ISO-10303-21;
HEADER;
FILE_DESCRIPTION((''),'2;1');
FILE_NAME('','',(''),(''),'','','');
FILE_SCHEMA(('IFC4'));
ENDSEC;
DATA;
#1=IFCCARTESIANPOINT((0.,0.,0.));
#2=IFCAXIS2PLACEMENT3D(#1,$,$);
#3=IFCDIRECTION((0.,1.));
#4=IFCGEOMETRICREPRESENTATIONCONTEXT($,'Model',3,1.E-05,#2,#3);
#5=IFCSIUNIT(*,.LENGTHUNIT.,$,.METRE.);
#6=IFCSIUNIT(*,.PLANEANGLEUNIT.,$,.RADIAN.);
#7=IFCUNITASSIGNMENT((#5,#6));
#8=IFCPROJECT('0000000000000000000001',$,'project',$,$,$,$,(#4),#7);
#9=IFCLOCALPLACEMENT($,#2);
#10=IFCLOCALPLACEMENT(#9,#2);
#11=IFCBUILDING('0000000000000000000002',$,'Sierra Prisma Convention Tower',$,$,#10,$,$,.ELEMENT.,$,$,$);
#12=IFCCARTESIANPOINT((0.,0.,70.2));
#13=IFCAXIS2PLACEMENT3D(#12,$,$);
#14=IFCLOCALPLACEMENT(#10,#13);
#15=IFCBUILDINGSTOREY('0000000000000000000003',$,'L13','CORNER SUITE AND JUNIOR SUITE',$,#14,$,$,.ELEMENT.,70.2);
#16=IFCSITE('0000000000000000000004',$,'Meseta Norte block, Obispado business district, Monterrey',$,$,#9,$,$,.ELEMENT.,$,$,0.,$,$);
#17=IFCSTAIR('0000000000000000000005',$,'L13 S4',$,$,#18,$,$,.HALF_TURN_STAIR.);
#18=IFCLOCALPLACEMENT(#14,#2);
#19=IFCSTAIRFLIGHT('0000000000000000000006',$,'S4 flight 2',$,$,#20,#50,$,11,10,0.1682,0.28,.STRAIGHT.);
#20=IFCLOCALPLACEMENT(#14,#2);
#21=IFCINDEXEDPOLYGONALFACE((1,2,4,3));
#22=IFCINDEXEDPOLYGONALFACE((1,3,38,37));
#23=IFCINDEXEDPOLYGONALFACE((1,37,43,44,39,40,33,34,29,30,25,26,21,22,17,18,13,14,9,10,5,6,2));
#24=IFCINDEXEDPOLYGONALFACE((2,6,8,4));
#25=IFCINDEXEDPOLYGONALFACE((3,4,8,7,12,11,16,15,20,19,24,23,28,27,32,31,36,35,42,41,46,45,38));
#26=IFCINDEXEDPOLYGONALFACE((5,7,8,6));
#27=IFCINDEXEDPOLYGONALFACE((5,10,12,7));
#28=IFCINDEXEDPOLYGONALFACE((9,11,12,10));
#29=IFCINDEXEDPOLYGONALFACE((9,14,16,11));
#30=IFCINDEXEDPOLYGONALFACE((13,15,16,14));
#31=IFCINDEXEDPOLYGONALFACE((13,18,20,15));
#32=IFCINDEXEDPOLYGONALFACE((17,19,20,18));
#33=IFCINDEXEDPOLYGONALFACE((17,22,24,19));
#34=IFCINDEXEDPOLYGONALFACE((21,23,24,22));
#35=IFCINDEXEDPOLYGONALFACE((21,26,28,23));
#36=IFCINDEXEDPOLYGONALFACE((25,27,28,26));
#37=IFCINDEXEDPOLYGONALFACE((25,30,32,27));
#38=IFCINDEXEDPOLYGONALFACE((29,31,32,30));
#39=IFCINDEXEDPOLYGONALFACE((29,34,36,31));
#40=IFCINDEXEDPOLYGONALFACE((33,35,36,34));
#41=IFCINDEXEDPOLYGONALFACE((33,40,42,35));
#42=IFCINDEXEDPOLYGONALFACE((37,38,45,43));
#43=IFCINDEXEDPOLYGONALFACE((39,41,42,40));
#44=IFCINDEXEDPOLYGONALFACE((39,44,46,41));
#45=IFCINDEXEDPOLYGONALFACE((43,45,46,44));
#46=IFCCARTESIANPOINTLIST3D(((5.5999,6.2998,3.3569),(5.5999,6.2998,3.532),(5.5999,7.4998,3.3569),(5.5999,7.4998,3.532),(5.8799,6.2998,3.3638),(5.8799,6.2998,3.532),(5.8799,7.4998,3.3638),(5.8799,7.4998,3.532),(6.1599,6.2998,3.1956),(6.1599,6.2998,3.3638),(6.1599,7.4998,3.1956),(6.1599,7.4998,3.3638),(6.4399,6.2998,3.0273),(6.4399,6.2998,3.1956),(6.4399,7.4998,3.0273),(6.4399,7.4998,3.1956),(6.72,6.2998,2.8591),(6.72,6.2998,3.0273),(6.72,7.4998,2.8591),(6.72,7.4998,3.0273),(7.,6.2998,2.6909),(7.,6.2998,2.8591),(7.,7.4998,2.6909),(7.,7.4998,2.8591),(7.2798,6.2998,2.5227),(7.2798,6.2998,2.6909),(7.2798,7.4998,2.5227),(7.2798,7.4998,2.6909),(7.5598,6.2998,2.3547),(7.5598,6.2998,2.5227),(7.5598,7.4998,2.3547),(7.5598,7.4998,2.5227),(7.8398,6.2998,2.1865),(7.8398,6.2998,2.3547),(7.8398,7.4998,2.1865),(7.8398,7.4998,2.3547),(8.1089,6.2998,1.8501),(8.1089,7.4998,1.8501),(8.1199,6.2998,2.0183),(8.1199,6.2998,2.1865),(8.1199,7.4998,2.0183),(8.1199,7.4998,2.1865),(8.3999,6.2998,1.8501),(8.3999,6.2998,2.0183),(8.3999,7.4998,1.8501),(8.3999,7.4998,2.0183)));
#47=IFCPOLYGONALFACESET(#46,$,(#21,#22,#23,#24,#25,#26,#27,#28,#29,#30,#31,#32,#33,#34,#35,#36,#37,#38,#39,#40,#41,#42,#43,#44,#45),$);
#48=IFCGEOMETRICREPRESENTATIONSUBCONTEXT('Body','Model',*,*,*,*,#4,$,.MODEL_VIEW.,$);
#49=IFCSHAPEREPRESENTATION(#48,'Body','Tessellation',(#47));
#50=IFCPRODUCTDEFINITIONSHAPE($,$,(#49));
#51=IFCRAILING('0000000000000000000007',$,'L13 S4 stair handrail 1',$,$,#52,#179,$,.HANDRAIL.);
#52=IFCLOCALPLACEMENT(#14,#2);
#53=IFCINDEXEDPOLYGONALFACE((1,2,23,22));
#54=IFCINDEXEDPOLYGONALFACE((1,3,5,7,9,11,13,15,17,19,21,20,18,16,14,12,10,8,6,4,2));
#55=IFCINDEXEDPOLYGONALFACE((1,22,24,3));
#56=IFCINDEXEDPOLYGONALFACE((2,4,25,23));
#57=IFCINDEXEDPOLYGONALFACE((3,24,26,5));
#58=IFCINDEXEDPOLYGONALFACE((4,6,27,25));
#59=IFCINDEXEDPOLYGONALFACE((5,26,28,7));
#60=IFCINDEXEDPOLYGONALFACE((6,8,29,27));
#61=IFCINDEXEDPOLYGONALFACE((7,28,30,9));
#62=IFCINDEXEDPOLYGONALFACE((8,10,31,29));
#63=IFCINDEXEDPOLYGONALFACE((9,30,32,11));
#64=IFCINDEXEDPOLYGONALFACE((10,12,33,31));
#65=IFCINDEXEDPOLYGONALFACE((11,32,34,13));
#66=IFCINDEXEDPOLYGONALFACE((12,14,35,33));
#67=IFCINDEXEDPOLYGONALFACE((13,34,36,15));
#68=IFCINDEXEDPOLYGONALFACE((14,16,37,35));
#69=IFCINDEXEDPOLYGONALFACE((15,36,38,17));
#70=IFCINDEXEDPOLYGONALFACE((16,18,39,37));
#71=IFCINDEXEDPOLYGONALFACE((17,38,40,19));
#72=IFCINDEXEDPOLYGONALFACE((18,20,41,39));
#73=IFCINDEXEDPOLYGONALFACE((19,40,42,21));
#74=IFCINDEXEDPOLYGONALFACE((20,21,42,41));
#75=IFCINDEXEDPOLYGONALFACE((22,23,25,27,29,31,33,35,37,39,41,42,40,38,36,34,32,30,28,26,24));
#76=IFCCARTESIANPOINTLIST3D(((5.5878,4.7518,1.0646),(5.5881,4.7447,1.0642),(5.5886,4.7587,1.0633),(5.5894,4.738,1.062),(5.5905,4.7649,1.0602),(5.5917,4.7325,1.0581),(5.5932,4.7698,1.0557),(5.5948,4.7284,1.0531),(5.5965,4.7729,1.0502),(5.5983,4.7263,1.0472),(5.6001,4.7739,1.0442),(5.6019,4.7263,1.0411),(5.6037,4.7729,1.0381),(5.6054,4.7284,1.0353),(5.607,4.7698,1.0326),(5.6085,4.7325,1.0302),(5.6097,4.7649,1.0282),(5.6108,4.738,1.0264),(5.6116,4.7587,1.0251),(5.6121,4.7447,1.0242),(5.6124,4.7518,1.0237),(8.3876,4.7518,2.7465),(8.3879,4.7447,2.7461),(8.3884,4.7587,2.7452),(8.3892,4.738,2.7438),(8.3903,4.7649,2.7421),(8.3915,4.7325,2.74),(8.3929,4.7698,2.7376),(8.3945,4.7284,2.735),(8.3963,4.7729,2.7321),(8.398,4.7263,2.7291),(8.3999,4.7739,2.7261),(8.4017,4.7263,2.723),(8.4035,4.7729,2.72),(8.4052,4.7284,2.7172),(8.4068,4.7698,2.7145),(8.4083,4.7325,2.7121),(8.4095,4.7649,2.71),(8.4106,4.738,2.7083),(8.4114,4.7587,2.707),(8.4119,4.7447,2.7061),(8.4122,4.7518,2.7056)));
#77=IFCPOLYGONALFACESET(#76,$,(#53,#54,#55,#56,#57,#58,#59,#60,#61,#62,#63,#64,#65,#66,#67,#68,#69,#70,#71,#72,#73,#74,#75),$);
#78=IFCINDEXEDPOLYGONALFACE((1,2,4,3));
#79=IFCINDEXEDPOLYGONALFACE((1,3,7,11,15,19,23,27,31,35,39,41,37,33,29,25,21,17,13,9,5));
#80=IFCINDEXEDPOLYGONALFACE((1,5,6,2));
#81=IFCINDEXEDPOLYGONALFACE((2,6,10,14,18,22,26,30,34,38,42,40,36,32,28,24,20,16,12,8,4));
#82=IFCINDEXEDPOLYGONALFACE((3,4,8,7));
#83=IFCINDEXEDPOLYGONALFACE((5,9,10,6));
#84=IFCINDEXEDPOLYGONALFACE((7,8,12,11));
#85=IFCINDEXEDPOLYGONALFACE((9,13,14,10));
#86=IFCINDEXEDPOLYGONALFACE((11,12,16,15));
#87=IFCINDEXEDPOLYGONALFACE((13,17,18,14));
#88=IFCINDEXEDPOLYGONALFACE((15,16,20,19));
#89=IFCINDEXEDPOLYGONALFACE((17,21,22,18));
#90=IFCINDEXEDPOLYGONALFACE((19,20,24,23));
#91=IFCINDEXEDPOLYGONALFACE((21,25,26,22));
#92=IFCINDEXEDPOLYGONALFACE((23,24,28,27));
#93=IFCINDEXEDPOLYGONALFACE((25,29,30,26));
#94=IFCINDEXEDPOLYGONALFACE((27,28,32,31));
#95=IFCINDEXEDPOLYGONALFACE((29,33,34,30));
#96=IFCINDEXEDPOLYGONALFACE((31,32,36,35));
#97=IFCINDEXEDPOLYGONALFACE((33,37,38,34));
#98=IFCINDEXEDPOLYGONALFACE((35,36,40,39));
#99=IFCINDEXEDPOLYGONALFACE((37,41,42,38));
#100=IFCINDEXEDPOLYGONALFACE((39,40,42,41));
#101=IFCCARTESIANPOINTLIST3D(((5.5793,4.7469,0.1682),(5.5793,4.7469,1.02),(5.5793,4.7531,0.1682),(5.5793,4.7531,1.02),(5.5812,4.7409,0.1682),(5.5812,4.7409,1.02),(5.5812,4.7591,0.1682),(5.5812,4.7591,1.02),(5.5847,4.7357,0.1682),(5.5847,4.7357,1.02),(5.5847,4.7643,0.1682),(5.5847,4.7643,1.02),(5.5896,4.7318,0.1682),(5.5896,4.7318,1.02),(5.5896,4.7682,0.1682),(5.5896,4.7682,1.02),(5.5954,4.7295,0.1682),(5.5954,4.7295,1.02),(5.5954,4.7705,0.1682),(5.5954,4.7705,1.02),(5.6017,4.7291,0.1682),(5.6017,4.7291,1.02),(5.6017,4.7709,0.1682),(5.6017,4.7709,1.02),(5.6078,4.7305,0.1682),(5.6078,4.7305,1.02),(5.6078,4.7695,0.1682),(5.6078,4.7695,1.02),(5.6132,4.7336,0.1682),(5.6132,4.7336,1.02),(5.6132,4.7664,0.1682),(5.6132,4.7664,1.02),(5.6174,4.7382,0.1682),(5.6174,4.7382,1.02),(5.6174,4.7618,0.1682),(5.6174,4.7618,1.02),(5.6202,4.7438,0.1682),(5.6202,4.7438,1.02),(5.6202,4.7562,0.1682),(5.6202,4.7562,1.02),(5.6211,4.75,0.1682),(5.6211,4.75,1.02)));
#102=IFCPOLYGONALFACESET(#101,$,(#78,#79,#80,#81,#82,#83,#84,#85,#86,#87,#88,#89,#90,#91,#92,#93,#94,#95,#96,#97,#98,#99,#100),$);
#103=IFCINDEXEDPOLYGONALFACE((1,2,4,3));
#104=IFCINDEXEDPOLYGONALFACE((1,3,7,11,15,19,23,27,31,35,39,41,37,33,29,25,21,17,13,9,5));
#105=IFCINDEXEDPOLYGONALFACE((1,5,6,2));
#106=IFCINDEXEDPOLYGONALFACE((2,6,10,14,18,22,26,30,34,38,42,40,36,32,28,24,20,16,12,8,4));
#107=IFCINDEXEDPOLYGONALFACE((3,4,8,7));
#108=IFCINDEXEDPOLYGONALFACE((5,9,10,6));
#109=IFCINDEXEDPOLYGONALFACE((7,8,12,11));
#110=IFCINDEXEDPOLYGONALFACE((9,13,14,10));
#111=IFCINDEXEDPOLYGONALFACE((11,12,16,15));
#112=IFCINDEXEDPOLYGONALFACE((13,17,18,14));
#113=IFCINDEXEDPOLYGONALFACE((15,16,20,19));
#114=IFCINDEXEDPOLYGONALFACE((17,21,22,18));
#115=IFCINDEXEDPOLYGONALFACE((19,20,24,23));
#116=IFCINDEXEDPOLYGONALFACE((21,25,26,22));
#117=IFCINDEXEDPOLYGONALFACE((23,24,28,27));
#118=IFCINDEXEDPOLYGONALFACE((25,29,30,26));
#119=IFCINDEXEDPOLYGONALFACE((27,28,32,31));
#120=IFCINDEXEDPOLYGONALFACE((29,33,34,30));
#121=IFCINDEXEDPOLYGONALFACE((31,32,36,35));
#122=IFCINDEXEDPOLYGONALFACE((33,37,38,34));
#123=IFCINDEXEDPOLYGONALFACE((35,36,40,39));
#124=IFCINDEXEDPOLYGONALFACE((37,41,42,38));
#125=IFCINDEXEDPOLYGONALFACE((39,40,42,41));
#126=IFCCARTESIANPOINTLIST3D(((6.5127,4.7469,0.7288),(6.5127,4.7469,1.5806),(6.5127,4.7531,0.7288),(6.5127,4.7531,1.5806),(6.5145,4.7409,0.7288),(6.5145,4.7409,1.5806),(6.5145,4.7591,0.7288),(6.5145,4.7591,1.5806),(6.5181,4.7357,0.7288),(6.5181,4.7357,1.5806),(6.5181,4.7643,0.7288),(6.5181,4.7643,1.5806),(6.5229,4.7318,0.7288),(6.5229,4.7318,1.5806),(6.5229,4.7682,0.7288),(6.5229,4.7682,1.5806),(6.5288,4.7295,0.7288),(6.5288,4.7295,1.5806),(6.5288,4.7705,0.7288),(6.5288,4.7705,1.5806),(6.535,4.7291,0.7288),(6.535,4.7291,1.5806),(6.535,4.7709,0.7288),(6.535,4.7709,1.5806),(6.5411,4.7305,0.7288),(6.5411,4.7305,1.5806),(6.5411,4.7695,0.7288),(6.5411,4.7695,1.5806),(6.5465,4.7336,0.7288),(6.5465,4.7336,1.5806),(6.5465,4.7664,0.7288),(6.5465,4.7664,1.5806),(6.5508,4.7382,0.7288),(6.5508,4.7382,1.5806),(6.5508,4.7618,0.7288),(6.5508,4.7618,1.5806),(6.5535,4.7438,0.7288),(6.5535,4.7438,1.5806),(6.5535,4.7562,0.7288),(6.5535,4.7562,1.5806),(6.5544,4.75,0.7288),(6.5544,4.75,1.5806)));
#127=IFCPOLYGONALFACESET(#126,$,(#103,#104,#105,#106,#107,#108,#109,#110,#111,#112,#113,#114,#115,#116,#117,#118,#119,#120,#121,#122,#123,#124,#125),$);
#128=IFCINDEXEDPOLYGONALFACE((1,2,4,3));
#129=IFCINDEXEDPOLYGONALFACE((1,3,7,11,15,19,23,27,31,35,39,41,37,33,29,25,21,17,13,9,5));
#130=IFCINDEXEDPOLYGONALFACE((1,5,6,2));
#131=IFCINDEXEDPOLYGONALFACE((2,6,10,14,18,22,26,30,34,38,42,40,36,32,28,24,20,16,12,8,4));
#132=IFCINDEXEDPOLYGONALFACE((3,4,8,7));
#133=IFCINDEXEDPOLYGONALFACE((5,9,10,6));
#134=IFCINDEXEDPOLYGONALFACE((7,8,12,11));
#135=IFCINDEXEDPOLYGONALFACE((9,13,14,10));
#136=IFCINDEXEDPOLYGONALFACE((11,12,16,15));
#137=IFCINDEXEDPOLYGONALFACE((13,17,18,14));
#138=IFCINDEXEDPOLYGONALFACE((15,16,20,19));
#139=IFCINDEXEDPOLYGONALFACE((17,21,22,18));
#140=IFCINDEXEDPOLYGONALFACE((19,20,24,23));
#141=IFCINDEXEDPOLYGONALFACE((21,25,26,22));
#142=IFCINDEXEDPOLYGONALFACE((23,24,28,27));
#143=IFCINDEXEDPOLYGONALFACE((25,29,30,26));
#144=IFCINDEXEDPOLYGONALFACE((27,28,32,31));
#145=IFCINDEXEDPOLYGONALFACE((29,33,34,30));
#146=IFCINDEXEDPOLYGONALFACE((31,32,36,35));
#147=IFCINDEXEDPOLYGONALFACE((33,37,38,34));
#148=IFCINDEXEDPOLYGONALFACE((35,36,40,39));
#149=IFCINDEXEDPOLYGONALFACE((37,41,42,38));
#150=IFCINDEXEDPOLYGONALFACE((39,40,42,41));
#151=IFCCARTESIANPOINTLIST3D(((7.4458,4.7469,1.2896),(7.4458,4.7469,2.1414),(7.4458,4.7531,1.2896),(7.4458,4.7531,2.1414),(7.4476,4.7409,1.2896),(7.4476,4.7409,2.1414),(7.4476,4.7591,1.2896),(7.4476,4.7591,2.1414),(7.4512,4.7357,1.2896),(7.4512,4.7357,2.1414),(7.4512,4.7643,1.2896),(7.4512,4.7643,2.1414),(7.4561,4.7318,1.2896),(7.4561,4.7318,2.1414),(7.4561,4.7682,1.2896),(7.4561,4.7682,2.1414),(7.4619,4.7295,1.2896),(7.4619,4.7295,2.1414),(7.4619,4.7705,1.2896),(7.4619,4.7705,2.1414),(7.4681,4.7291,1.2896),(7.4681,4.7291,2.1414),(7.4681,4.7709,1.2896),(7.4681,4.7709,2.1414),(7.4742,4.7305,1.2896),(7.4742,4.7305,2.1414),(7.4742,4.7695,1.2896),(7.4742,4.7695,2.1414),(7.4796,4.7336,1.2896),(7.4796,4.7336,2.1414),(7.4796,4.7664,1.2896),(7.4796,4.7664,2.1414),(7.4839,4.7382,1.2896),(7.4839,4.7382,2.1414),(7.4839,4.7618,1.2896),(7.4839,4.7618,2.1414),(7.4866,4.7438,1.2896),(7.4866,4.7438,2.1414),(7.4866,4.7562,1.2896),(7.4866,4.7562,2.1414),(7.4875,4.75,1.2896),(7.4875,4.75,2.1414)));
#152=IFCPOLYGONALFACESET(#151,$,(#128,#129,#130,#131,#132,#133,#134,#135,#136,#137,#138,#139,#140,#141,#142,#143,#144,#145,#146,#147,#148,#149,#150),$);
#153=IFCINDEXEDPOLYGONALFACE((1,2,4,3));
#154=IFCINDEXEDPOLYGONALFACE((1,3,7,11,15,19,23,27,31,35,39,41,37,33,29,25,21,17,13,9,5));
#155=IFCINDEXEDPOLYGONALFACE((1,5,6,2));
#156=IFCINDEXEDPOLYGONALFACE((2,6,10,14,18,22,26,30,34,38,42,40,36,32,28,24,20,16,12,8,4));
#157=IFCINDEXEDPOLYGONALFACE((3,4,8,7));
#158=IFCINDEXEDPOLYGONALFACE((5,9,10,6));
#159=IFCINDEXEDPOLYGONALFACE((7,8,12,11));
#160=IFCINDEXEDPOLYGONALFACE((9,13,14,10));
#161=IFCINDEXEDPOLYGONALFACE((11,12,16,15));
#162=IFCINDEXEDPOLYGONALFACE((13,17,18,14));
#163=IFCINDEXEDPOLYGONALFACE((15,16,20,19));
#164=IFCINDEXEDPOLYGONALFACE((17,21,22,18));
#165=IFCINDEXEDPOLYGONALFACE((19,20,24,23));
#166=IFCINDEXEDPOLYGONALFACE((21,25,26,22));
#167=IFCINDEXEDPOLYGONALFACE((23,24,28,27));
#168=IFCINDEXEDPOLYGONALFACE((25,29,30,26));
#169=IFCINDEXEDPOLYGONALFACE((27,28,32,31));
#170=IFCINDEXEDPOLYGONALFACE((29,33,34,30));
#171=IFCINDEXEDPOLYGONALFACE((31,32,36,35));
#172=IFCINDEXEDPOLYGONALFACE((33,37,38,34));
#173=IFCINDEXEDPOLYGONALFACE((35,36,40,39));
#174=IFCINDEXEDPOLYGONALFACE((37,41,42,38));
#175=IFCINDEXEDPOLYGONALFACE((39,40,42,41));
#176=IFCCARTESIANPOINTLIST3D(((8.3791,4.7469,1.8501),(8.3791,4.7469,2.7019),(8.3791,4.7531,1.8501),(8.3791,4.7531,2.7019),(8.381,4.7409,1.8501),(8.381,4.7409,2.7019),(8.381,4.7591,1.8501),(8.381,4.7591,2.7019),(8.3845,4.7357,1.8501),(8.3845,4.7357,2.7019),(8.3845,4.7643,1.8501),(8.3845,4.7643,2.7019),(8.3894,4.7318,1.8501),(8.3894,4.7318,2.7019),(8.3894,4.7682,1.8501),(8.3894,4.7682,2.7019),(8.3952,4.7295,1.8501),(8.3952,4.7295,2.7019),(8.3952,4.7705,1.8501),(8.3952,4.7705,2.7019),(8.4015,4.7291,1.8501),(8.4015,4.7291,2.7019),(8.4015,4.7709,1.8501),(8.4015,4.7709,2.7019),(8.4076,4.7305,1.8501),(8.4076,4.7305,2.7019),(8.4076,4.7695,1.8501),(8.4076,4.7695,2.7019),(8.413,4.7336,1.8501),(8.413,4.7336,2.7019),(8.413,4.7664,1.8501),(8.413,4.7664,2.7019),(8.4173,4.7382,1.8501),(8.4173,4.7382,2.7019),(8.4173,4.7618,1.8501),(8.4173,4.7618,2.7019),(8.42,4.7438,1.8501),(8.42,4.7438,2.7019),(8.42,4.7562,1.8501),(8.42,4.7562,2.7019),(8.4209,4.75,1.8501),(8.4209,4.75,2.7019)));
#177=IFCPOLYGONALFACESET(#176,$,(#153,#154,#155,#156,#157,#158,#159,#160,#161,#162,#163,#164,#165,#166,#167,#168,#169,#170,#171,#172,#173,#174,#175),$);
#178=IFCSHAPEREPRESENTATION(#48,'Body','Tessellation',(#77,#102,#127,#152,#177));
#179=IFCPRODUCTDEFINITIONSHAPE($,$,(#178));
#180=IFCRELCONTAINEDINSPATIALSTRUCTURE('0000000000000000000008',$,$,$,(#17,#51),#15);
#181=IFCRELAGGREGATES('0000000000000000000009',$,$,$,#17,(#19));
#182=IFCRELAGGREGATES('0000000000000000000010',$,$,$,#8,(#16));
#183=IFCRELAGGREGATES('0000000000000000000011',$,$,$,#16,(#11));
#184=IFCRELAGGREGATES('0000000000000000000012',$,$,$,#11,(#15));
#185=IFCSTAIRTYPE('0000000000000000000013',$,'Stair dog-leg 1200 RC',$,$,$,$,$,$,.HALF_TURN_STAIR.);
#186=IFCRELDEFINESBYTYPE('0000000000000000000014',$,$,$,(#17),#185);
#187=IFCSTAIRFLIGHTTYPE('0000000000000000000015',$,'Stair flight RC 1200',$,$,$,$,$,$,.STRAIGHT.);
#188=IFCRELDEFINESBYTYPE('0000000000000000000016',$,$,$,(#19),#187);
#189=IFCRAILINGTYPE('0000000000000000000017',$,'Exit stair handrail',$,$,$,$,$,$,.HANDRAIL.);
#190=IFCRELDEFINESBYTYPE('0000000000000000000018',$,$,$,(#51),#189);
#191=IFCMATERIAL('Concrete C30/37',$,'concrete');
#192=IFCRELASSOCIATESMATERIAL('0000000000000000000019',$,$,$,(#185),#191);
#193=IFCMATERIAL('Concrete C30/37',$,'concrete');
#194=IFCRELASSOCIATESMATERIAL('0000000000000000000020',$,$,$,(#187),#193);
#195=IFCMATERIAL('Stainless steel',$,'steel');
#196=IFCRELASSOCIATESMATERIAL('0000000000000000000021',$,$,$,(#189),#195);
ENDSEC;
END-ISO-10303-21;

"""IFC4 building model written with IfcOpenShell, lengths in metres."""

from ifc_helpers import new_model, si_unit, direction, frame, origin, origin_2d, place, context, subcontext, project, spatial, polyline, circle, outline, extrude, material, type_object, element, aggregate, save


model = new_model("IFC4")

# Units and contexts
model_context = context("Model", 3, precision=1e-05, world=origin(), true_north=direction((0.0, 1.0)))
body_context = subcontext(model_context, "Body", "Model", "MODEL_VIEW")
ifc_project = project(units=[si_unit("LENGTHUNIT", "METRE"), si_unit("PLANEANGLEUNIT", "RADIAN")], contexts=[model_context])

# Site, building, storey
site_placement = place(None, origin())
site = spatial("IfcSite", under=ifc_project, at=site_placement, Name="Meseta Norte block, Obispado business district, Monterrey", CompositionType="ELEMENT", RefElevation=0.0)
building_placement = place(site_placement, origin())
building = spatial("IfcBuilding", under=site, at=building_placement, Name="Sierra Prisma Convention Tower", CompositionType="ELEMENT")
storey_placement = place(building_placement, frame((0.0, 0.0, 70.2)))
storey = spatial("IfcBuildingStorey", under=building, at=storey_placement, Name="L13", Description="CORNER SUITE AND JUNIOR SUITE", CompositionType="ELEMENT", Elevation=70.2)

# Stair, stair flight
ifc_material_1 = material(Name="Concrete C30/37", Category="concrete")
stair_type = type_object("IfcStairType", Name="Stair dog-leg 1200 RC", PredefinedType="HALF_TURN_STAIR", material=ifc_material_1)
stair_placement = place(storey_placement, origin())
stair = element("IfcStair", 1, at=stair_placement, inside=storey, type_object=stair_type, Name="L13 S4", PredefinedType="HALF_TURN_STAIR")
ifc_material_2 = material(Name="Concrete C30/37", Category="concrete")
stair_flight_type = type_object("IfcStairFlightType", Name="Stair flight RC 1200", PredefinedType="STRAIGHT", material=ifc_material_2)
stair_flight_1_placement = place(storey_placement, frame((8.3999, 6.8999, 1.8501), z_axis=(0.0, 0.0, 1.0), x_axis=(-1.0, 0.0, 0.0)))
stair_flight_1 = element("IfcStairFlight", 2, at=stair_flight_1_placement, type_object=stair_flight_type, Name="S4 flight 2", NumberOfRisers=11, NumberOfTreads=10, PredefinedType="STRAIGHT", RiserHeight=0.1682, TreadLength=0.28, context=body_context, shape_type="SweptSolid", body=[
    extrude(outline(polyline([(0.0, 0.0), (0.0, 0.1682), (0.28, 0.1682), (0.28, 0.3364), (0.5601, 0.3364), (0.5601, 0.5046), (0.8401, 0.5046), (0.8401, 0.6726), (1.1201, 0.6726), (1.1201, 0.8408), (1.3999, 0.8408), (1.3999, 1.009), (1.6799, 1.009), (1.6799, 1.1772), (1.96, 1.1772), (1.96, 1.3455), (2.24, 1.3455), (2.24, 1.5137), (2.52, 1.5137), (2.52, 1.6819), (2.8, 1.6819), (2.8, 1.8501), (2.8, 1.5068), (0.291, 0.0), (0.0, 0.0)])), frame((0.0, 0.6001, 0.0), z_axis=(0.0, -1.0, 0.0), x_axis=(1.0, 0.0, 0.0)), (0.0, 0.0, 1.0), 1.2),
])
aggregate(stair, [stair_flight_1])

# Railing
ifc_material_3 = material(Name="Stainless steel", Category="steel")
railing_type_1 = type_object("IfcRailingType", Name="Exit stair handrail", PredefinedType="HANDRAIL", material=ifc_material_3)
railing_1_placement = place(storey_placement, frame((5.6001, 4.75, 0.1682)))
element("IfcRailing", 3, at=railing_1_placement, inside=storey, type_object=railing_type_1, Name="L13 S4 stair handrail 1", PredefinedType="HANDRAIL", context=body_context, shape_type="SweptSolid", body=[
    extrude(circle(Radius=0.0239, at=origin_2d()), frame((0.0, 0.0, 0.876), z_axis=(0.857222, 0.0, 0.514946), x_axis=(0.0, 1.0, 0.0)), (0.0, 0.0, 1.0), 3.2661),
    extrude(circle(Radius=0.021, at=origin_2d()), origin(), (0.0, 0.0, 1.0), 0.8518),
    extrude(circle(Radius=0.021, at=origin_2d()), frame((0.9333, 0.0, 0.5605)), (0.0, 0.0, 1.0), 0.8518),
    extrude(circle(Radius=0.021, at=origin_2d()), frame((1.8665, 0.0, 1.1213)), (0.0, 0.0, 1.0), 0.8518),
    extrude(circle(Radius=0.021, at=origin_2d()), frame((2.7998, 0.0, 1.6819)), (0.0, 0.0, 1.0), 0.8518),
])

save(model, "model.ifc")
